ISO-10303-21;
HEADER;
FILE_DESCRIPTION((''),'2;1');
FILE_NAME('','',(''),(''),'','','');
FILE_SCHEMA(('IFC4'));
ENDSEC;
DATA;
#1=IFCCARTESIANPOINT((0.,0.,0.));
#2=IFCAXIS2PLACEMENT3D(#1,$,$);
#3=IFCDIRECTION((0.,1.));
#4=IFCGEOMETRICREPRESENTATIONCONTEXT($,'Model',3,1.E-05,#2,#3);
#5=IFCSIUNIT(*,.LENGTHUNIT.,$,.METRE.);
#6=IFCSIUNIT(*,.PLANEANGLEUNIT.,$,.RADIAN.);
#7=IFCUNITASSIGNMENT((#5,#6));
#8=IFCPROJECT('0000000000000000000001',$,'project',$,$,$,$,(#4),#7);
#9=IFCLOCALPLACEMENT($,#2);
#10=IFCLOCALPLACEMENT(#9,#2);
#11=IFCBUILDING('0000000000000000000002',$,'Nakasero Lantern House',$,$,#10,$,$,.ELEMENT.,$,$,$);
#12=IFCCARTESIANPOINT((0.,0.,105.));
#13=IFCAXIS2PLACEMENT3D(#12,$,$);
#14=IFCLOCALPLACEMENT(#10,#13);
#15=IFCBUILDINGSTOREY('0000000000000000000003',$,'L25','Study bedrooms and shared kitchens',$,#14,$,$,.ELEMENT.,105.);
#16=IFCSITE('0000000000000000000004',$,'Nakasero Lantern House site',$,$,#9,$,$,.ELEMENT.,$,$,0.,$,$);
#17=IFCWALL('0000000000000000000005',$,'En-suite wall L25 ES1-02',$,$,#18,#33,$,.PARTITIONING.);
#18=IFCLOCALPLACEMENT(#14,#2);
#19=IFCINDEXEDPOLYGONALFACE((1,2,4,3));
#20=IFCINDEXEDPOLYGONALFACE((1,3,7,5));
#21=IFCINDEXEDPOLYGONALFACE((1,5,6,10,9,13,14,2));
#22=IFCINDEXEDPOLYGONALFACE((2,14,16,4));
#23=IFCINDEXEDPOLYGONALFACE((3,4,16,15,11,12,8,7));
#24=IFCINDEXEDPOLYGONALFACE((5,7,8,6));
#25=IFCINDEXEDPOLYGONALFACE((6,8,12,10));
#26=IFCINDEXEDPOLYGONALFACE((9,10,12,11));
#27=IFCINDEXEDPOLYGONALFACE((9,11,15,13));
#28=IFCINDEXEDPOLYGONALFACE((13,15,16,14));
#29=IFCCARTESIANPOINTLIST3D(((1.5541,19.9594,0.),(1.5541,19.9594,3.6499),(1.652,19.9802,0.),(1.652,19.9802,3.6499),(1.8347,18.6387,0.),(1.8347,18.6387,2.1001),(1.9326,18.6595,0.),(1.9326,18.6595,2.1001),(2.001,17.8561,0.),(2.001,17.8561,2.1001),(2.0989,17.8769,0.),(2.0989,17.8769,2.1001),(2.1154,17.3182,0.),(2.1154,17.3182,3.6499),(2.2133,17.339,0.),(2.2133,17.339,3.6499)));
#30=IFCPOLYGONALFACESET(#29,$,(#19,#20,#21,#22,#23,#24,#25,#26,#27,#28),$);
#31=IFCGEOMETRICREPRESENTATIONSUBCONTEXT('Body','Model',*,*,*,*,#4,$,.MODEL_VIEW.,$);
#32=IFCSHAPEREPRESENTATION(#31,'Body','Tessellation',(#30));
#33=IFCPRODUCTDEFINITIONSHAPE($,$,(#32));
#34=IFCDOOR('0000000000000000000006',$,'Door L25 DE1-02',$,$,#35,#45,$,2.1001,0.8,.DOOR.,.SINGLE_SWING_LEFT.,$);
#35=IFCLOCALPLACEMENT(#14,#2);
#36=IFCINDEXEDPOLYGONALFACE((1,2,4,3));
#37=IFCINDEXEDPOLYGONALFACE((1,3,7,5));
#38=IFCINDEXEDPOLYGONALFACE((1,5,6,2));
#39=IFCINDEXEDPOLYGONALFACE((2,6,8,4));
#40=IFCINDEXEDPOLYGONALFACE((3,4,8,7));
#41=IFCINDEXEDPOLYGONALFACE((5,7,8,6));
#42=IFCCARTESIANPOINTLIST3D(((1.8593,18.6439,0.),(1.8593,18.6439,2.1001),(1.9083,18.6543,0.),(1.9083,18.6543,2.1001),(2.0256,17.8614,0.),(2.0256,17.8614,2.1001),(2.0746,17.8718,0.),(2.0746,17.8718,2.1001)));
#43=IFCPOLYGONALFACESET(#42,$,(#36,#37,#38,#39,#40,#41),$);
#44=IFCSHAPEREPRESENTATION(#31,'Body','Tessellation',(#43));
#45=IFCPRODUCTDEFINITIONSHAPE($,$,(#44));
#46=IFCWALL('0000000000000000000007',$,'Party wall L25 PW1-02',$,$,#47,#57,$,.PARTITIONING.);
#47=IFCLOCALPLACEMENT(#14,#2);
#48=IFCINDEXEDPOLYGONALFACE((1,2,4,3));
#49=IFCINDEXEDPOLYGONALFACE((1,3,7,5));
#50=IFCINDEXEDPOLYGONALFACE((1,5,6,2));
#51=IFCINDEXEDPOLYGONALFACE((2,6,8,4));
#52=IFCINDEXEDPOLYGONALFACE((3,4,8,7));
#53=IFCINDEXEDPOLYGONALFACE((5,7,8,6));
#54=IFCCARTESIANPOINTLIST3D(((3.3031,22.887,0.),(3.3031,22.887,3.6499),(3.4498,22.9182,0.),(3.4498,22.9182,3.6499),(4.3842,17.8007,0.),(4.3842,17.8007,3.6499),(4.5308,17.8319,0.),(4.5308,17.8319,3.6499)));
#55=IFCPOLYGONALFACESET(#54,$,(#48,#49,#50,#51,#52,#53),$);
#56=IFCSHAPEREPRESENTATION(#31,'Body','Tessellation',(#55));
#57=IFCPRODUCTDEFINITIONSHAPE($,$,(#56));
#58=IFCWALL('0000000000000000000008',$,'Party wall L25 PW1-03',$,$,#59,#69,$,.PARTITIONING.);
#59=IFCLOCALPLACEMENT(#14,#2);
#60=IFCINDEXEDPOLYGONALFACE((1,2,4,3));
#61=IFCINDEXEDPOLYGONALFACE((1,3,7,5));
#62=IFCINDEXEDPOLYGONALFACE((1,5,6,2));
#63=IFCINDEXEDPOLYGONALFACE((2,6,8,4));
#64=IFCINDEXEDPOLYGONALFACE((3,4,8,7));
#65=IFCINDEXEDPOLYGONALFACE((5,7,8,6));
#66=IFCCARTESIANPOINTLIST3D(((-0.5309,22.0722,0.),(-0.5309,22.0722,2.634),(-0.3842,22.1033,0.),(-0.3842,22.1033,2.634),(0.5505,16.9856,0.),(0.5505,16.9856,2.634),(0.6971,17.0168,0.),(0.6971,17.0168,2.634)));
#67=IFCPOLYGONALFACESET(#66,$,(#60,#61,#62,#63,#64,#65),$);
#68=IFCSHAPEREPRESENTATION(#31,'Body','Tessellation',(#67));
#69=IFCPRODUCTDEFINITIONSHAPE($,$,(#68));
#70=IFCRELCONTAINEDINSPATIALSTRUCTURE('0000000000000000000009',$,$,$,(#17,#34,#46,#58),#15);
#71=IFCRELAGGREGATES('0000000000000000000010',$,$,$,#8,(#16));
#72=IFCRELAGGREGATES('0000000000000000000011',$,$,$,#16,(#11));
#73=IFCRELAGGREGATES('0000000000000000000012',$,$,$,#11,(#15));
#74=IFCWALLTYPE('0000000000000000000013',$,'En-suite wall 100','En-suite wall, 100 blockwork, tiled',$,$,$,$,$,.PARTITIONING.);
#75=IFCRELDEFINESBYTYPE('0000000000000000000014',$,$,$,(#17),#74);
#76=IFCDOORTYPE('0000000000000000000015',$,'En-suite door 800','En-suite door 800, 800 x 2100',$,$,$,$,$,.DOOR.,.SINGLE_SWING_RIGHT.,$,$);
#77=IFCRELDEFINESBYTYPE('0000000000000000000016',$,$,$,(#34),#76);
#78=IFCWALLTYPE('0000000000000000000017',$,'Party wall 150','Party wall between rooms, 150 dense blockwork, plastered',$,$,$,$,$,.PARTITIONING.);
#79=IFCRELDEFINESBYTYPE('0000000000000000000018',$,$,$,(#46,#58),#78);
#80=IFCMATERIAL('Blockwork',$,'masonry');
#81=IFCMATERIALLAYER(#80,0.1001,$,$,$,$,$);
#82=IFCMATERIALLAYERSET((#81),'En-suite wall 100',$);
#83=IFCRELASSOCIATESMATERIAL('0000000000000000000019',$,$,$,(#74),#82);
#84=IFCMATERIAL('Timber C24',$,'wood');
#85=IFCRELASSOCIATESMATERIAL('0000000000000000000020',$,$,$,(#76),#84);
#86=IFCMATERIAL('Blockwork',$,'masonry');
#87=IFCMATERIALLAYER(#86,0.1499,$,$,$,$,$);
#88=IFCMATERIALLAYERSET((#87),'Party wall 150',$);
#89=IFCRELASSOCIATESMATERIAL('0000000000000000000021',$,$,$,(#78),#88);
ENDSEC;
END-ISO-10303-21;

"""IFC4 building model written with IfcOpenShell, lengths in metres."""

from ifc_helpers import new_model, si_unit, direction, frame, frame_2d, origin, place, context, subcontext, project, spatial, rectangle, extrude, material, layer, layer_set, type_object, element, fill, save


model = new_model("IFC4")

# Units and contexts
model_context = context("Model", 3, precision=1e-05, world=origin(), true_north=direction((0.0, 1.0)))
body_context = subcontext(model_context, "Body", "Model", "MODEL_VIEW")
ifc_project = project(units=[si_unit("LENGTHUNIT", "METRE"), si_unit("PLANEANGLEUNIT", "RADIAN")], contexts=[model_context])

# Site, building, storey
site_placement = place(None, origin())
site = spatial("IfcSite", under=ifc_project, at=site_placement, Name="Nakasero Lantern House site", CompositionType="ELEMENT", RefElevation=0.0)
building_placement = place(site_placement, origin())
building = spatial("IfcBuilding", under=site, at=building_placement, Name="Nakasero Lantern House", CompositionType="ELEMENT")
storey_placement = place(building_placement, frame((0.0, 0.0, 105.0)))
storey = spatial("IfcBuildingStorey", under=building, at=storey_placement, Name="L25", Description="Study bedrooms and shared kitchens", CompositionType="ELEMENT", Elevation=105.0)

# Wall, opening, door
ifc_material_1 = material(Name="Blockwork", Category="masonry")
ifc_layer_1 = layer(ifc_material_1, 0.1001)
ifc_layer_set_1 = layer_set([ifc_layer_1], Name="En-suite wall 100")
wall_type_1 = type_object("IfcWallType", Name="En-suite wall 100", Description="En-suite wall, 100 blockwork, tiled", PredefinedType="PARTITIONING", material=ifc_layer_set_1)
ifc_material_2 = material(Name="Timber C24", Category="wood")
door_type_1 = type_object("IfcDoorType", Name="En-suite door 800", Description="En-suite door 800, 800 x 2100", OperationType="SINGLE_SWING_RIGHT", PredefinedType="DOOR", material=ifc_material_2)
wall_1_placement = place(storey_placement, frame((2.1643, 17.3286, 0.0), z_axis=(0.0, 0.0, 1.0), x_axis=(-0.207874, 0.978156, 0.0)))
wall_1 = element("IfcWall", 1, at=wall_1_placement, inside=storey, type_object=wall_type_1, Name="En-suite wall L25 ES1-02", PredefinedType="PARTITIONING", context=body_context, shape_type="SweptSolid", body=[
    extrude(rectangle(XDim=2.7002, YDim=0.1001, at=frame_2d((1.3501, 0.0))), origin(), (0.0, 0.0, 1.0), 3.6499),
])
opening_1_placement = place(wall_1_placement, frame((0.55, 0.0, 0.0)))
opening_1 = element("IfcOpeningElement", 2, at=opening_1_placement, cuts=wall_1, PredefinedType="OPENING", context=body_context, shape_type="SweptSolid", body=[
    extrude(rectangle(XDim=0.8, YDim=2.1001, at=frame_2d((0.3999, 1.05))), frame((0.0, 0.0701, 0.0), z_axis=(0.0, -1.0, 0.0), x_axis=(1.0, 0.0, 0.0)), (0.0, 0.0, 1.0), 0.1401),
])
door_1_placement = place(opening_1_placement, origin())
door_1 = element("IfcDoor", 3, at=door_1_placement, inside=storey, type_object=door_type_1, Name="Door L25 DE1-02", OperationType="SINGLE_SWING_LEFT", OverallHeight=2.1001, OverallWidth=0.8, PredefinedType="DOOR", context=body_context, shape_type="SweptSolid", body=[
    extrude(rectangle(XDim=0.8, YDim=2.1001, at=frame_2d((0.3999, 1.05))), frame((0.0, 0.0249, 0.0), z_axis=(0.0, -1.0, 0.0), x_axis=(1.0, 0.0, 0.0)), (0.0, 0.0, 1.0), 0.05),
])
fill(opening_1, door_1)

# Walls
ifc_material_3 = material(Name="Blockwork", Category="masonry")
ifc_layer_2 = layer(ifc_material_3, 0.1499)
ifc_layer_set_2 = layer_set([ifc_layer_2], Name="Party wall 150")
wall_type_2 = type_object("IfcWallType", Name="Party wall 150", Description="Party wall between rooms, 150 dense blockwork, plastered", PredefinedType="PARTITIONING", material=ifc_layer_set_2)
wall_2_placement = place(storey_placement, frame((4.4575, 17.8162, 0.0), z_axis=(0.0, 0.0, 1.0), x_axis=(-0.207894, 0.978151, 0.0)))
element("IfcWall", 4, at=wall_2_placement, inside=storey, type_object=wall_type_2, Name="Party wall L25 PW1-02", PredefinedType="PARTITIONING", context=body_context, shape_type="SweptSolid", body=[
    extrude(rectangle(XDim=5.2, YDim=0.1499, at=frame_2d((2.6001, 0.0))), origin(), (0.0, 0.0, 1.0), 3.6499),
])
wall_3_placement = place(storey_placement, frame((0.6238, 17.0012, 0.0), z_axis=(0.0, 0.0, 1.0), x_axis=(-0.207938, 0.978142, 0.0)))
element("IfcWall", 5, at=wall_3_placement, inside=storey, type_object=wall_type_2, Name="Party wall L25 PW1-03", PredefinedType="PARTITIONING", context=body_context, shape_type="SweptSolid", body=[
    extrude(rectangle(XDim=5.2002, YDim=0.1499, at=frame_2d((2.6001, 0.0))), origin(), (0.0, 0.0, 1.0), 2.634),
])

save(model, "model.ifc")
